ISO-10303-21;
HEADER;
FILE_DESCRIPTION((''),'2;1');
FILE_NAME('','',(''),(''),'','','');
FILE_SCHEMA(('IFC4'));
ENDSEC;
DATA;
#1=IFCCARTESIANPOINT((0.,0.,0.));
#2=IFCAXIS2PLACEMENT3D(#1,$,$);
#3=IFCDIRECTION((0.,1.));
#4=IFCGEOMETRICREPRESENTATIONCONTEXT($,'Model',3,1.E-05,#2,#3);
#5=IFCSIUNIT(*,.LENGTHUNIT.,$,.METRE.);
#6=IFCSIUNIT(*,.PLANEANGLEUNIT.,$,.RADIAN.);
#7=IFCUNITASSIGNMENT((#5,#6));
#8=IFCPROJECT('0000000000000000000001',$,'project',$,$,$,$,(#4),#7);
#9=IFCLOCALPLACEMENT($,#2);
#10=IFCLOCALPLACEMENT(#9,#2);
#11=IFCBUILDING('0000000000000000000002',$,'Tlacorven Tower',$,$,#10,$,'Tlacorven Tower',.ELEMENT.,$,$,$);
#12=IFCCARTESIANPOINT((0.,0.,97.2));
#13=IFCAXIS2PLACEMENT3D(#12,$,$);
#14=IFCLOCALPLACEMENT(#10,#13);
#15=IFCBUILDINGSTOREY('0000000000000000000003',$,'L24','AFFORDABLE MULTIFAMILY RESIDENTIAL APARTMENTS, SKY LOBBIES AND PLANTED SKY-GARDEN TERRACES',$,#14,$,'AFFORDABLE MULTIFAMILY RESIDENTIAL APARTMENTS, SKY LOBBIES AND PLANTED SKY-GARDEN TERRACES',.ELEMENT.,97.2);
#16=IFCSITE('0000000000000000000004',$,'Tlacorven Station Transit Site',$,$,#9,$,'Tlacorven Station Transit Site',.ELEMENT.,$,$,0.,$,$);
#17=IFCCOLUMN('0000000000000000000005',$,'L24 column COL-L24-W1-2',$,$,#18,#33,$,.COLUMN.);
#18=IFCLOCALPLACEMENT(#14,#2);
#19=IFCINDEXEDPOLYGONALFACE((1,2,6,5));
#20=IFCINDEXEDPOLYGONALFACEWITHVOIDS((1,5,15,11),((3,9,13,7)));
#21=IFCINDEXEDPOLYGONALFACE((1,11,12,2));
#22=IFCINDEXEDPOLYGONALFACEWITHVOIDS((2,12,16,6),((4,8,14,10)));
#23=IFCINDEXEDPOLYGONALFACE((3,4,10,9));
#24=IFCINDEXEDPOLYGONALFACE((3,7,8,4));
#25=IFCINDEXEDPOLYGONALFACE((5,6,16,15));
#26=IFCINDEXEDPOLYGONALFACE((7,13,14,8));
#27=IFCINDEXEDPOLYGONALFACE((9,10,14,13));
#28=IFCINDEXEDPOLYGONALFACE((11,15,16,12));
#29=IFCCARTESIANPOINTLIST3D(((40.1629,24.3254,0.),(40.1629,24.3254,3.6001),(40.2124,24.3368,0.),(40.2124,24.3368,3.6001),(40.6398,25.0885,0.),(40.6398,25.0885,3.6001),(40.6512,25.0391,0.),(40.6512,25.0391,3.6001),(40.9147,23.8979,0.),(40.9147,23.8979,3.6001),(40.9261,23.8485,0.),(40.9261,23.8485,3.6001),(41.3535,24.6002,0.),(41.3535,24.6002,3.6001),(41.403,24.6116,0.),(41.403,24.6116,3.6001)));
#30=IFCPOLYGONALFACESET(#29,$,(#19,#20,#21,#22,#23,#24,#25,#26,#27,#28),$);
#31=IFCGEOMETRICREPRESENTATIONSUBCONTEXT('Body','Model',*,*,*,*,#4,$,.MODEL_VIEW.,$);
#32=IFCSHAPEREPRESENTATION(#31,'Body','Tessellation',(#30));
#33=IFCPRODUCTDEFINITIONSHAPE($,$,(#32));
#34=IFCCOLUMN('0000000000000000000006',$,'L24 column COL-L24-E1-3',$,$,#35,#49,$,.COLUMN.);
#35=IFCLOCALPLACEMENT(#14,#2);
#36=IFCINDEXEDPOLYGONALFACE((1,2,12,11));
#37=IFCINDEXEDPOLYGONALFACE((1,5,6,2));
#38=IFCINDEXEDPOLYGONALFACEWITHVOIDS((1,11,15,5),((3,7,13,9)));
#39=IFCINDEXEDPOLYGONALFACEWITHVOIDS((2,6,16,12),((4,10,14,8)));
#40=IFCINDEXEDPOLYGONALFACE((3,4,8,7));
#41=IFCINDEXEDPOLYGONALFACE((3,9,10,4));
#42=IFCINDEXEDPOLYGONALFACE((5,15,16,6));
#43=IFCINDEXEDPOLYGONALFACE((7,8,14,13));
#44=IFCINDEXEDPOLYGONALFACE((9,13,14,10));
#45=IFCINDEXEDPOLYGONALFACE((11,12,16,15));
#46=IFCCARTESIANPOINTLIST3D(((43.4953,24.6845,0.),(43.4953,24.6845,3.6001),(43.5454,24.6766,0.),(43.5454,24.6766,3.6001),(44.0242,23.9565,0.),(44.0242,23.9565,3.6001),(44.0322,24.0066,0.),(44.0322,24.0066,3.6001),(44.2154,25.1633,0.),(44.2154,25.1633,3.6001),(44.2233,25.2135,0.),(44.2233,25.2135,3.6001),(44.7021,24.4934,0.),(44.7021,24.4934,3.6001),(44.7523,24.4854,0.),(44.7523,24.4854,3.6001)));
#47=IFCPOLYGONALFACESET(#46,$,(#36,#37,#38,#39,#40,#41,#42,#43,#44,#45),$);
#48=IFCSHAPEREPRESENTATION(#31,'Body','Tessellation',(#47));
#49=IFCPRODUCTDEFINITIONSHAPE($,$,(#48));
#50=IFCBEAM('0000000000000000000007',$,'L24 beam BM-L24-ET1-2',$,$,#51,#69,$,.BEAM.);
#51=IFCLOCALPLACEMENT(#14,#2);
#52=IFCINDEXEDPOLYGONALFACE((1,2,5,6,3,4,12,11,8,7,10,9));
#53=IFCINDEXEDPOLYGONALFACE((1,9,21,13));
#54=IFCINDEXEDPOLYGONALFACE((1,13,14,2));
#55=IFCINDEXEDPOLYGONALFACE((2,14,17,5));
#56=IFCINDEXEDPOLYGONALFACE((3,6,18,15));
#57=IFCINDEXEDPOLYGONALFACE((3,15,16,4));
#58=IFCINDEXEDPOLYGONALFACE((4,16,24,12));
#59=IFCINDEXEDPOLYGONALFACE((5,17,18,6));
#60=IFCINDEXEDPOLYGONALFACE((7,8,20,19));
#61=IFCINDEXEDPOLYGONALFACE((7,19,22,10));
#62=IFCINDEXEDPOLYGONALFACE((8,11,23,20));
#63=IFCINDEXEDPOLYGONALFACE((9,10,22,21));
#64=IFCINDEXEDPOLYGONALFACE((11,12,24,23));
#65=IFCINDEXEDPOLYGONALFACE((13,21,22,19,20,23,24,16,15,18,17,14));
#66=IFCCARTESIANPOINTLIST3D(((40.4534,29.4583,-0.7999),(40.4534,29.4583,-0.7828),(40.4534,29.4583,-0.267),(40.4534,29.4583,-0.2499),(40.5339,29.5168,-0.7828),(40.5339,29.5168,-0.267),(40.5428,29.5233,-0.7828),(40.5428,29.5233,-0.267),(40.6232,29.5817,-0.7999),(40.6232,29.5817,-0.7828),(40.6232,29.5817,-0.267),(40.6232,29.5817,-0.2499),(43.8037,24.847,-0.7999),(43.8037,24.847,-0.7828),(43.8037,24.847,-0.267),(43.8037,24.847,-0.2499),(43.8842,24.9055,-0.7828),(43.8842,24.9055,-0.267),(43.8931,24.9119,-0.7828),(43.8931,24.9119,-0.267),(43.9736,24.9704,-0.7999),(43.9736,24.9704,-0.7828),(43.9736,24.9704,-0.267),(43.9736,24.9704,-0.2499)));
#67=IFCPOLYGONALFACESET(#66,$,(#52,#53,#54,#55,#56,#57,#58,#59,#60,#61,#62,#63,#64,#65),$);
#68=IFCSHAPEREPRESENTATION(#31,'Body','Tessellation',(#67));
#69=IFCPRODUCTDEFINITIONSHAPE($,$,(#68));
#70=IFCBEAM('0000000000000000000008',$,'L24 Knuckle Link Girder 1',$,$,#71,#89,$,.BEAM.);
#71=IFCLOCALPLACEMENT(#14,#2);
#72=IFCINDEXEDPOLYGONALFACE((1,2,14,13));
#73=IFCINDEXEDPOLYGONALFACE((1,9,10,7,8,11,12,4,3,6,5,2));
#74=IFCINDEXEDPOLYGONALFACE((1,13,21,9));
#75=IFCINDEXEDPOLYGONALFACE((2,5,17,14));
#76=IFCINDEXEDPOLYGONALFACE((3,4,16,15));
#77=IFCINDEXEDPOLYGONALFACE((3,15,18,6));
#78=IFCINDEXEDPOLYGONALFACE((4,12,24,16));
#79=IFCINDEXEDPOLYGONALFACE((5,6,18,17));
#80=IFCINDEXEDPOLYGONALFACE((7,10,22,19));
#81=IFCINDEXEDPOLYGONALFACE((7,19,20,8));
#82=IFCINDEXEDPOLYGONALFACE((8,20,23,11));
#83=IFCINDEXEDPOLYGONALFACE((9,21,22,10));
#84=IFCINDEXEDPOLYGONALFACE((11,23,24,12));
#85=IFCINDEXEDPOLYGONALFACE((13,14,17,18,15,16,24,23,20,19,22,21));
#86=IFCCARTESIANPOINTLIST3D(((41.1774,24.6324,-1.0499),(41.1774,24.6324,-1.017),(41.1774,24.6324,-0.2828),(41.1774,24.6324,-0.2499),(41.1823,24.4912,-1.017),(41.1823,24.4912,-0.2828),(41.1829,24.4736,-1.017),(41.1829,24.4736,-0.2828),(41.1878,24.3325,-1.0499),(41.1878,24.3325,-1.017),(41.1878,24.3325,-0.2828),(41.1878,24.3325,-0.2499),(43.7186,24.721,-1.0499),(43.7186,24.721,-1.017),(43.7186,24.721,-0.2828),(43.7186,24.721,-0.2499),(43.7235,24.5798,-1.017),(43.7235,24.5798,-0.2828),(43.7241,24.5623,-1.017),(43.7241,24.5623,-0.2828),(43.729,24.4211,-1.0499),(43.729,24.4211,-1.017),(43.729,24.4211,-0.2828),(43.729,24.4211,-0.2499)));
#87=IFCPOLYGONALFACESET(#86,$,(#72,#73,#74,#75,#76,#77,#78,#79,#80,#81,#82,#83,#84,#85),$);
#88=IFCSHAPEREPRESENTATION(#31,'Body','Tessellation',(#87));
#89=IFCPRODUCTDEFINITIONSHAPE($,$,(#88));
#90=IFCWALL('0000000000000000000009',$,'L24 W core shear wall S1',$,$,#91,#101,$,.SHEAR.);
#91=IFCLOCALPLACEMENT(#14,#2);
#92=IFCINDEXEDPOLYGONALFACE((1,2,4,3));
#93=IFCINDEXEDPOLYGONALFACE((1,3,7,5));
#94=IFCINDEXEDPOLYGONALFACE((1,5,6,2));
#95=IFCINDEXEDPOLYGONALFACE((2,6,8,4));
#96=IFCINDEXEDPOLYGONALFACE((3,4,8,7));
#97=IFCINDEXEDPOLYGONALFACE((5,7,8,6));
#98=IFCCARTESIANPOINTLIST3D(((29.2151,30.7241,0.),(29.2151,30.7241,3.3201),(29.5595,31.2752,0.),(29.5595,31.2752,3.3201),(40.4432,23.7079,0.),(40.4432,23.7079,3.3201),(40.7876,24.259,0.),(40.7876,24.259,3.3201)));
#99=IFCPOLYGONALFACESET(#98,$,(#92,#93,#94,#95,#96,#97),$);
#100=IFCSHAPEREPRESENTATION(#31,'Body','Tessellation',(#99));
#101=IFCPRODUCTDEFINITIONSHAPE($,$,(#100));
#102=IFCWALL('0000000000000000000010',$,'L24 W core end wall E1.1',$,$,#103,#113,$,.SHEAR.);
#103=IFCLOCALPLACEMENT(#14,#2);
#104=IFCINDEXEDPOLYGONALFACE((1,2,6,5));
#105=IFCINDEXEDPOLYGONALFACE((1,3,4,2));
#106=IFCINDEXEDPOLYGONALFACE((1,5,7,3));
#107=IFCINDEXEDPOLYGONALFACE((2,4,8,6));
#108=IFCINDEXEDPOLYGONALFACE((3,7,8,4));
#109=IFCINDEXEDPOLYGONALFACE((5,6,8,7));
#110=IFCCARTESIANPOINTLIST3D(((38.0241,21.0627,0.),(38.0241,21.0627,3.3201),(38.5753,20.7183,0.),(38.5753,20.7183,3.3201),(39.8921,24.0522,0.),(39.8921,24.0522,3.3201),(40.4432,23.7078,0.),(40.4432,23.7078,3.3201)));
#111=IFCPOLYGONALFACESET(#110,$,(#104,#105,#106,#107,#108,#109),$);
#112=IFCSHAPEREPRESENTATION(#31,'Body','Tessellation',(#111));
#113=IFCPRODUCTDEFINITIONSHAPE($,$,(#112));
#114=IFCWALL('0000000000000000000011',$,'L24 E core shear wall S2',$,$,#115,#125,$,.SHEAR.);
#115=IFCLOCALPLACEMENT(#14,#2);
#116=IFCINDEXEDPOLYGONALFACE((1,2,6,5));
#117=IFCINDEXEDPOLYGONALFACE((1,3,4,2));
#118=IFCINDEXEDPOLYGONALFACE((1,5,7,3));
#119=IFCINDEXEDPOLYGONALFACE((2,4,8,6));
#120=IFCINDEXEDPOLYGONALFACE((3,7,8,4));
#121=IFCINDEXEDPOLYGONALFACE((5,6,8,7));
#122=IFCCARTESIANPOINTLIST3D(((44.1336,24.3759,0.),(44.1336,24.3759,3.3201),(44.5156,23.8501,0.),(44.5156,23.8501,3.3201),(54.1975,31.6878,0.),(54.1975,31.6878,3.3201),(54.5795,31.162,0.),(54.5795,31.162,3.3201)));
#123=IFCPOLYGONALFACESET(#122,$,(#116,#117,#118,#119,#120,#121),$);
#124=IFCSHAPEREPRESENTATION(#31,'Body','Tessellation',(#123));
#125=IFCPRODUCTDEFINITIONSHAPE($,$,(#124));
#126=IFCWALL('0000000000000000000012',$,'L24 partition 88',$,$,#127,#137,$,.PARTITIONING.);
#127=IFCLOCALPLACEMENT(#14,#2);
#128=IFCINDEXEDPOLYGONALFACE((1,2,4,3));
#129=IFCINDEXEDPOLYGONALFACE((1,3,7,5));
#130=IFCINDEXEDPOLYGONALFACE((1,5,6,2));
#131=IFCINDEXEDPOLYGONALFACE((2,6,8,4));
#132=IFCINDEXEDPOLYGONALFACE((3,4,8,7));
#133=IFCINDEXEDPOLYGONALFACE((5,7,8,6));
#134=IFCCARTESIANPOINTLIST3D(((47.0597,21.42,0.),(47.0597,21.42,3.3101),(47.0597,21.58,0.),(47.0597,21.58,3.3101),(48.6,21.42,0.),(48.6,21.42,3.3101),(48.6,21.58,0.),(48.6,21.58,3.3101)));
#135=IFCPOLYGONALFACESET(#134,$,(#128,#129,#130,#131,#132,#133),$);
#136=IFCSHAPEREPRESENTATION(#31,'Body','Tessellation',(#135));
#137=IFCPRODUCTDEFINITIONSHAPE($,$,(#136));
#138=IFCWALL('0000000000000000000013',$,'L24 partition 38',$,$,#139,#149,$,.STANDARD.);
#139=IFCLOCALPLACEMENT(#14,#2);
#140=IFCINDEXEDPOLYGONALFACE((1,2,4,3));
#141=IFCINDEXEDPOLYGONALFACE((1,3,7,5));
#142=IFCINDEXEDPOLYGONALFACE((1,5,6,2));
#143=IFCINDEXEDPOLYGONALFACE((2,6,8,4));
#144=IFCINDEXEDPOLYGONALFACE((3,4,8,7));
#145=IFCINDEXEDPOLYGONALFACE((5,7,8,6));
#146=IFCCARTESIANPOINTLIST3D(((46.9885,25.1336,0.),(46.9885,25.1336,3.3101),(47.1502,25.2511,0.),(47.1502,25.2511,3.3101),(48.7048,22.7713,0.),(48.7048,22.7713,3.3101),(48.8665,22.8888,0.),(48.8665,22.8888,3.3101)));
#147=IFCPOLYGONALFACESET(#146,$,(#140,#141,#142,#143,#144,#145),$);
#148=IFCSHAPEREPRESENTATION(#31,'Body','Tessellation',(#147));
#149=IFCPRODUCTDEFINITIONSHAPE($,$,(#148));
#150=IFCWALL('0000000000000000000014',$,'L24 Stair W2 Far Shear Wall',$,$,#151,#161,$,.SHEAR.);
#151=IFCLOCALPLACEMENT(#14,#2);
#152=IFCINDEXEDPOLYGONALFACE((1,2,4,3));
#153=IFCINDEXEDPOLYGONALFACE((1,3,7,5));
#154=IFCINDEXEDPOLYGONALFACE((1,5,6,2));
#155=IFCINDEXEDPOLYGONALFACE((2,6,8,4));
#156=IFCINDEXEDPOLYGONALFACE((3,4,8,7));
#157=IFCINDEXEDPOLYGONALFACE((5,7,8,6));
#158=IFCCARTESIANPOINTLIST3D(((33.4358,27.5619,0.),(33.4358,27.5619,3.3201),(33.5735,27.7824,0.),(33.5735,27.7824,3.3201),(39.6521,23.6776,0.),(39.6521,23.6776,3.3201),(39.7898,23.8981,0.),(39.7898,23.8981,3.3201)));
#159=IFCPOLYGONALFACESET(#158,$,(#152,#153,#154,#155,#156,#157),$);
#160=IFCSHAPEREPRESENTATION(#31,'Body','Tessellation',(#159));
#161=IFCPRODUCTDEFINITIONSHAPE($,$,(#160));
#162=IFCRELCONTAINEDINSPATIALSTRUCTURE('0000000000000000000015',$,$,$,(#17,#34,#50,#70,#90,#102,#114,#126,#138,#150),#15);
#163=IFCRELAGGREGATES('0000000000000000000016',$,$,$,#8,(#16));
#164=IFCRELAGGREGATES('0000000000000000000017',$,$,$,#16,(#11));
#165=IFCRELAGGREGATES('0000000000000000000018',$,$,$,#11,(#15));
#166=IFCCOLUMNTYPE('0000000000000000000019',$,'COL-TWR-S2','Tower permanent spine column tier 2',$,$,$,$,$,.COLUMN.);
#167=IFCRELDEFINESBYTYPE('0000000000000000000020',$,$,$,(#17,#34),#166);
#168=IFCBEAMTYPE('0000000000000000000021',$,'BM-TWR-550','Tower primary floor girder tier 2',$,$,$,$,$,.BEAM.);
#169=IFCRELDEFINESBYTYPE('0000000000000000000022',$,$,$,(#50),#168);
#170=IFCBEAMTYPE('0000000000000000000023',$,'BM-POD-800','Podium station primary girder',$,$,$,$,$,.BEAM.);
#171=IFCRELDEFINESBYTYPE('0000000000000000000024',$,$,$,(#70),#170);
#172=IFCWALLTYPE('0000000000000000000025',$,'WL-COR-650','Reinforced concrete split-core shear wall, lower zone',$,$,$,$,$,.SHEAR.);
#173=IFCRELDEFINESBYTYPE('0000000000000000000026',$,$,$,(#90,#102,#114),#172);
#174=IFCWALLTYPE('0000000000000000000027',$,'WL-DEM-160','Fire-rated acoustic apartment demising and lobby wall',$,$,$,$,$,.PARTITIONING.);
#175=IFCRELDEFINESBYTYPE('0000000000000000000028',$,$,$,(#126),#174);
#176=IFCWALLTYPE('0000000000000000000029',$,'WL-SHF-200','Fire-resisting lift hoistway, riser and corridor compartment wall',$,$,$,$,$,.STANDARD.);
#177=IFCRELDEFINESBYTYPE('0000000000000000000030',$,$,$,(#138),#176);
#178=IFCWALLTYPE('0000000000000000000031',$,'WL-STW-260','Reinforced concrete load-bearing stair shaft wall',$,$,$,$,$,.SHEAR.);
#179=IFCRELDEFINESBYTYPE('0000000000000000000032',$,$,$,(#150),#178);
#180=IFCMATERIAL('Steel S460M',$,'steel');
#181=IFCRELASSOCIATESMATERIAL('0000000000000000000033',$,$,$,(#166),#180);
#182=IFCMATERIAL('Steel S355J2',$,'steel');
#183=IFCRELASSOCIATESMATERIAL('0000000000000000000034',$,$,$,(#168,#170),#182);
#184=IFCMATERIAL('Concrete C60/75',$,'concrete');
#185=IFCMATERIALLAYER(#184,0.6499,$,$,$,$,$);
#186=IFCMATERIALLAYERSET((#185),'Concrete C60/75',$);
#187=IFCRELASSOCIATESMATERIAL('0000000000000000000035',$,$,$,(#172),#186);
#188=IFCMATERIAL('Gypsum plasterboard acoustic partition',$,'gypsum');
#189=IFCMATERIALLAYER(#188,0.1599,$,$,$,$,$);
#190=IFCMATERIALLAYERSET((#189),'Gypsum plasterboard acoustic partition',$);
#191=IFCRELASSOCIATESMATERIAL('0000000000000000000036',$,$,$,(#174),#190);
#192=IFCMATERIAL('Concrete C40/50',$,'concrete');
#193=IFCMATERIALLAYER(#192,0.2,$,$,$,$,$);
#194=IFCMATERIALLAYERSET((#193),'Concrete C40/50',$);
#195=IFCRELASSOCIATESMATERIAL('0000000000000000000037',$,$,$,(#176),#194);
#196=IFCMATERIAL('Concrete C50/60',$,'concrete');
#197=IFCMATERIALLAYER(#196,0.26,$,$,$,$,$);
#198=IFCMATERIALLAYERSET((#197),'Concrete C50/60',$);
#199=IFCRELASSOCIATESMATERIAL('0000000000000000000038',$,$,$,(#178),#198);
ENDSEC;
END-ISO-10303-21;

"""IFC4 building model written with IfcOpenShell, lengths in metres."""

from ifc_helpers import new_model, si_unit, direction, frame, frame_2d, origin, origin_2d, place, context, subcontext, project, spatial, rectangle, hollow_rectangle, i_section, extrude, source, transform, mapped, material, layer, layer_set, material_profile, profile_set, type_object, element, save


model = new_model("IFC4")

# Units and contexts
model_context = context("Model", 3, precision=1e-05, world=origin(), true_north=direction((0.0, 1.0)))
body_context = subcontext(model_context, "Body", "Model", "MODEL_VIEW")
ifc_project = project(units=[si_unit("LENGTHUNIT", "METRE"), si_unit("PLANEANGLEUNIT", "RADIAN")], contexts=[model_context])

# Site, building, storey
site_placement = place(None, origin())
site = spatial("IfcSite", under=ifc_project, at=site_placement, Name="Tlacorven Station Transit Site", LongName="Tlacorven Station Transit Site", CompositionType="ELEMENT", RefElevation=0.0)
building_placement = place(site_placement, origin())
building = spatial("IfcBuilding", under=site, at=building_placement, Name="Tlacorven Tower", LongName="Tlacorven Tower", CompositionType="ELEMENT")
storey_placement = place(building_placement, frame((0.0, 0.0, 97.2)))
storey = spatial("IfcBuildingStorey", under=building, at=storey_placement, Name="L24", Description="AFFORDABLE MULTIFAMILY RESIDENTIAL APARTMENTS, SKY LOBBIES AND PLANTED SKY-GARDEN TERRACES", LongName="AFFORDABLE MULTIFAMILY RESIDENTIAL APARTMENTS, SKY LOBBIES AND PLANTED SKY-GARDEN TERRACES", CompositionType="ELEMENT", Elevation=97.2)

# Columns
ifc_material_1 = material(Name="Steel S460M", Category="steel")
ifc_material_profile_1 = material_profile(ifc_material_1, hollow_rectangle(XDim=0.8999, YDim=0.8999, WallThickness=0.0359, at=origin_2d()), Name="BOX 900X900X36")
ifc_profile_set_1 = profile_set([ifc_material_profile_1], Name="Steel S460M")
column_type = type_object("IfcColumnType", Name="COL-TWR-S2", Description="Tower permanent spine column tier 2", PredefinedType="COLUMN", material=ifc_profile_set_1)
shared_shape_1 = source(origin(), body_context, "Body", "SweptSolid", [
    extrude(hollow_rectangle(XDim=0.8999, YDim=0.8999, WallThickness=0.0359, at=origin_2d()), origin(), (0.0, 0.0, 1.0), 3.6001),
])
for number, where, z_axis, x_axis, name in (
    (1, (40.783, 24.4685, 0.0), (0.0, 0.0, 1.0), (-0.848048, 0.529919, 0.0), "L24 column COL-L24-W1-2"),
    (2, (44.1238, 24.585, 0.0), (0.0, 0.0, 1.0), (0.809017, 0.587785, 0.0), "L24 column COL-L24-E1-3"),
):
    element("IfcColumn", number, at=place(storey_placement, frame(where, z_axis=z_axis, x_axis=x_axis)), inside=storey, type_object=column_type, Name=name, PredefinedType="COLUMN", context=body_context, shape_type="MappedRepresentation", body=[
        mapped(shared_shape_1, transform((0.0, 0.0, 0.0), scale=1.0)),
    ])

# Beams
ifc_material_2 = material(Name="Steel S355J2", Category="steel")
ifc_material_profile_2 = material_profile(ifc_material_2, i_section(OverallWidth=0.21, OverallDepth=0.55, WebThickness=0.011, FlangeThickness=0.0171, at=origin_2d()), Name="IPE 550")
ifc_profile_set_2 = profile_set([ifc_material_profile_2], Name="Steel S355J2")
beam_type_1 = type_object("IfcBeamType", Name="BM-TWR-550", Description="Tower primary floor girder tier 2", PredefinedType="BEAM", material=ifc_profile_set_2)
shared_shape_2 = source(origin(), body_context, "Body", "SweptSolid", [
    extrude(i_section(OverallWidth=0.21, OverallDepth=0.55, WebThickness=0.011, FlangeThickness=0.0171, at=origin_2d()), origin(), (0.0, 0.0, 1.0), 5.7),
])
beam_1_placement = place(storey_placement, frame((43.8887, 24.9087, -0.5249), z_axis=(-0.587787, 0.809016, 0.0), x_axis=(-0.809016, -0.587787, 0.0)))
element("IfcBeam", 3, at=beam_1_placement, inside=storey, type_object=beam_type_1, Name="L24 beam BM-L24-ET1-2", PredefinedType="BEAM", context=body_context, shape_type="MappedRepresentation", body=[
    mapped(shared_shape_2, transform((0.0, 0.0, 0.0), scale=1.0)),
])
ifc_material_profile_3 = material_profile(ifc_material_2, i_section(OverallWidth=0.3, OverallDepth=0.8, WebThickness=0.0176, FlangeThickness=0.033, at=origin_2d()), Name="HEB 800")
ifc_profile_set_3 = profile_set([ifc_material_profile_3], Name="Steel S355J2")
beam_type_2 = type_object("IfcBeamType", Name="BM-POD-800", Description="Podium station primary girder", PredefinedType="BEAM", material=ifc_profile_set_3)
shared_shape_3 = source(origin(), body_context, "Body", "SweptSolid", [
    extrude(i_section(OverallWidth=0.3, OverallDepth=0.8, WebThickness=0.0176, FlangeThickness=0.033, at=origin_2d()), origin(), (0.0, 0.0, 1.0), 2.5427),
])
beam_2_placement = place(storey_placement, frame((41.1826, 24.4824, -0.6499), z_axis=(0.999392, 0.034852, 0.0), x_axis=(-0.034852, 0.999392, 0.0)))
element("IfcBeam", 4, at=beam_2_placement, inside=storey, type_object=beam_type_2, Name="L24 Knuckle Link Girder 1", PredefinedType="BEAM", context=body_context, shape_type="MappedRepresentation", body=[
    mapped(shared_shape_3, transform((0.0, 0.0, 0.0), scale=1.0)),
])

# Walls
ifc_material_3 = material(Name="Concrete C60/75", Category="concrete")
ifc_layer_1 = layer(ifc_material_3, 0.6499)
ifc_layer_set_1 = layer_set([ifc_layer_1], Name="Concrete C60/75")
wall_type_1 = type_object("IfcWallType", Name="WL-COR-650", Description="Reinforced concrete split-core shear wall, lower zone", PredefinedType="SHEAR", material=ifc_layer_set_1)
wall_1_placement = place(storey_placement, frame((40.6155, 23.9834, 0.0), z_axis=(0.0, 0.0, 1.0), x_axis=(-0.848046, 0.529923, 0.0)))
element("IfcWall", 5, at=wall_1_placement, inside=storey, type_object=wall_type_1, Name="L24 W core shear wall S1", PredefinedType="SHEAR", context=body_context, shape_type="SweptSolid", body=[
    extrude(rectangle(XDim=13.24, YDim=0.6499, at=frame_2d((6.6201, 0.0))), origin(), (0.0, 0.0, 1.0), 3.3201),
])
wall_2_placement = place(storey_placement, frame((40.1677, 23.8801, 0.0), z_axis=(0.0, 0.0, 1.0), x_axis=(-0.529893, -0.848064, 0.0)))
element("IfcWall", 6, at=wall_2_placement, inside=storey, type_object=wall_type_1, Name="L24 W core end wall E1.1", PredefinedType="SHEAR", context=body_context, shape_type="SweptSolid", body=[
    extrude(rectangle(XDim=3.5251, YDim=0.6499, at=frame_2d((1.7627, 0.0))), origin(), (0.0, 0.0, 1.0), 3.3201),
])
wall_3_placement = place(storey_placement, frame((44.3247, 24.113, 0.0), z_axis=(0.0, 0.0, 1.0), x_axis=(0.809013, 0.587791, 0.0)))
element("IfcWall", 7, at=wall_3_placement, inside=storey, type_object=wall_type_1, Name="L24 E core shear wall S2", PredefinedType="SHEAR", context=body_context, shape_type="SweptSolid", body=[
    extrude(rectangle(XDim=12.4397, YDim=0.6499, at=frame_2d((6.2197, 0.0))), origin(), (0.0, 0.0, 1.0), 3.3201),
])
ifc_material_4 = material(Name="Gypsum plasterboard acoustic partition", Category="gypsum")
ifc_layer_2 = layer(ifc_material_4, 0.1599)
ifc_layer_set_2 = layer_set([ifc_layer_2], Name="Gypsum plasterboard acoustic partition")
wall_type_2 = type_object("IfcWallType", Name="WL-DEM-160", Description="Fire-rated acoustic apartment demising and lobby wall", PredefinedType="PARTITIONING", material=ifc_layer_set_2)
wall_4_placement = place(storey_placement, frame((47.0598, 21.5, 0.0), z_axis=(0.0, 0.0, 1.0), x_axis=(1.0, 0.0, 0.0)))
element("IfcWall", 8, at=wall_4_placement, inside=storey, type_object=wall_type_2, Name="L24 partition 88", PredefinedType="PARTITIONING", context=body_context, shape_type="SweptSolid", body=[
    extrude(rectangle(XDim=1.5403, YDim=0.1599, at=frame_2d((0.77, 0.0))), origin(), (0.0, 0.0, 1.0), 3.3101),
])
ifc_material_5 = material(Name="Concrete C40/50", Category="concrete")
ifc_layer_3 = layer(ifc_material_5, 0.2)
ifc_layer_set_3 = layer_set([ifc_layer_3], Name="Concrete C40/50")
wall_type_3 = type_object("IfcWallType", Name="WL-SHF-200", Description="Fire-resisting lift hoistway, riser and corridor compartment wall", PredefinedType="STANDARD", material=ifc_layer_set_3)
wall_5_placement = place(storey_placement, frame((48.7856, 22.8301, 0.0), z_axis=(0.0, 0.0, 1.0), x_axis=(-0.587784, 0.809018, 0.0)))
element("IfcWall", 9, at=wall_5_placement, inside=storey, type_object=wall_type_3, Name="L24 partition 38", PredefinedType="STANDARD", context=body_context, shape_type="SweptSolid", body=[
    extrude(rectangle(XDim=2.9199, YDim=0.2, at=frame_2d((1.46, 0.0))), origin(), (0.0, 0.0, 1.0), 3.3101),
])
ifc_material_6 = material(Name="Concrete C50/60", Category="concrete")
ifc_layer_4 = layer(ifc_material_6, 0.26)
ifc_layer_set_4 = layer_set([ifc_layer_4], Name="Concrete C50/60")
wall_type_4 = type_object("IfcWallType", Name="WL-STW-260", Description="Reinforced concrete load-bearing stair shaft wall", PredefinedType="SHEAR", material=ifc_layer_set_4)
wall_6_placement = place(storey_placement, frame((39.7209, 23.7878, 0.0), z_axis=(0.0, 0.0, 1.0), x_axis=(-0.848054, 0.529909, 0.0)))
element("IfcWall", 10, at=wall_6_placement, inside=storey, type_object=wall_type_4, Name="L24 Stair W2 Far Shear Wall", PredefinedType="SHEAR", context=body_context, shape_type="SweptSolid", body=[
    extrude(rectangle(XDim=7.3301, YDim=0.26, at=frame_2d((3.665, 0.0))), origin(), (0.0, 0.0, 1.0), 3.3201),
])

save(model, "model.ifc")
